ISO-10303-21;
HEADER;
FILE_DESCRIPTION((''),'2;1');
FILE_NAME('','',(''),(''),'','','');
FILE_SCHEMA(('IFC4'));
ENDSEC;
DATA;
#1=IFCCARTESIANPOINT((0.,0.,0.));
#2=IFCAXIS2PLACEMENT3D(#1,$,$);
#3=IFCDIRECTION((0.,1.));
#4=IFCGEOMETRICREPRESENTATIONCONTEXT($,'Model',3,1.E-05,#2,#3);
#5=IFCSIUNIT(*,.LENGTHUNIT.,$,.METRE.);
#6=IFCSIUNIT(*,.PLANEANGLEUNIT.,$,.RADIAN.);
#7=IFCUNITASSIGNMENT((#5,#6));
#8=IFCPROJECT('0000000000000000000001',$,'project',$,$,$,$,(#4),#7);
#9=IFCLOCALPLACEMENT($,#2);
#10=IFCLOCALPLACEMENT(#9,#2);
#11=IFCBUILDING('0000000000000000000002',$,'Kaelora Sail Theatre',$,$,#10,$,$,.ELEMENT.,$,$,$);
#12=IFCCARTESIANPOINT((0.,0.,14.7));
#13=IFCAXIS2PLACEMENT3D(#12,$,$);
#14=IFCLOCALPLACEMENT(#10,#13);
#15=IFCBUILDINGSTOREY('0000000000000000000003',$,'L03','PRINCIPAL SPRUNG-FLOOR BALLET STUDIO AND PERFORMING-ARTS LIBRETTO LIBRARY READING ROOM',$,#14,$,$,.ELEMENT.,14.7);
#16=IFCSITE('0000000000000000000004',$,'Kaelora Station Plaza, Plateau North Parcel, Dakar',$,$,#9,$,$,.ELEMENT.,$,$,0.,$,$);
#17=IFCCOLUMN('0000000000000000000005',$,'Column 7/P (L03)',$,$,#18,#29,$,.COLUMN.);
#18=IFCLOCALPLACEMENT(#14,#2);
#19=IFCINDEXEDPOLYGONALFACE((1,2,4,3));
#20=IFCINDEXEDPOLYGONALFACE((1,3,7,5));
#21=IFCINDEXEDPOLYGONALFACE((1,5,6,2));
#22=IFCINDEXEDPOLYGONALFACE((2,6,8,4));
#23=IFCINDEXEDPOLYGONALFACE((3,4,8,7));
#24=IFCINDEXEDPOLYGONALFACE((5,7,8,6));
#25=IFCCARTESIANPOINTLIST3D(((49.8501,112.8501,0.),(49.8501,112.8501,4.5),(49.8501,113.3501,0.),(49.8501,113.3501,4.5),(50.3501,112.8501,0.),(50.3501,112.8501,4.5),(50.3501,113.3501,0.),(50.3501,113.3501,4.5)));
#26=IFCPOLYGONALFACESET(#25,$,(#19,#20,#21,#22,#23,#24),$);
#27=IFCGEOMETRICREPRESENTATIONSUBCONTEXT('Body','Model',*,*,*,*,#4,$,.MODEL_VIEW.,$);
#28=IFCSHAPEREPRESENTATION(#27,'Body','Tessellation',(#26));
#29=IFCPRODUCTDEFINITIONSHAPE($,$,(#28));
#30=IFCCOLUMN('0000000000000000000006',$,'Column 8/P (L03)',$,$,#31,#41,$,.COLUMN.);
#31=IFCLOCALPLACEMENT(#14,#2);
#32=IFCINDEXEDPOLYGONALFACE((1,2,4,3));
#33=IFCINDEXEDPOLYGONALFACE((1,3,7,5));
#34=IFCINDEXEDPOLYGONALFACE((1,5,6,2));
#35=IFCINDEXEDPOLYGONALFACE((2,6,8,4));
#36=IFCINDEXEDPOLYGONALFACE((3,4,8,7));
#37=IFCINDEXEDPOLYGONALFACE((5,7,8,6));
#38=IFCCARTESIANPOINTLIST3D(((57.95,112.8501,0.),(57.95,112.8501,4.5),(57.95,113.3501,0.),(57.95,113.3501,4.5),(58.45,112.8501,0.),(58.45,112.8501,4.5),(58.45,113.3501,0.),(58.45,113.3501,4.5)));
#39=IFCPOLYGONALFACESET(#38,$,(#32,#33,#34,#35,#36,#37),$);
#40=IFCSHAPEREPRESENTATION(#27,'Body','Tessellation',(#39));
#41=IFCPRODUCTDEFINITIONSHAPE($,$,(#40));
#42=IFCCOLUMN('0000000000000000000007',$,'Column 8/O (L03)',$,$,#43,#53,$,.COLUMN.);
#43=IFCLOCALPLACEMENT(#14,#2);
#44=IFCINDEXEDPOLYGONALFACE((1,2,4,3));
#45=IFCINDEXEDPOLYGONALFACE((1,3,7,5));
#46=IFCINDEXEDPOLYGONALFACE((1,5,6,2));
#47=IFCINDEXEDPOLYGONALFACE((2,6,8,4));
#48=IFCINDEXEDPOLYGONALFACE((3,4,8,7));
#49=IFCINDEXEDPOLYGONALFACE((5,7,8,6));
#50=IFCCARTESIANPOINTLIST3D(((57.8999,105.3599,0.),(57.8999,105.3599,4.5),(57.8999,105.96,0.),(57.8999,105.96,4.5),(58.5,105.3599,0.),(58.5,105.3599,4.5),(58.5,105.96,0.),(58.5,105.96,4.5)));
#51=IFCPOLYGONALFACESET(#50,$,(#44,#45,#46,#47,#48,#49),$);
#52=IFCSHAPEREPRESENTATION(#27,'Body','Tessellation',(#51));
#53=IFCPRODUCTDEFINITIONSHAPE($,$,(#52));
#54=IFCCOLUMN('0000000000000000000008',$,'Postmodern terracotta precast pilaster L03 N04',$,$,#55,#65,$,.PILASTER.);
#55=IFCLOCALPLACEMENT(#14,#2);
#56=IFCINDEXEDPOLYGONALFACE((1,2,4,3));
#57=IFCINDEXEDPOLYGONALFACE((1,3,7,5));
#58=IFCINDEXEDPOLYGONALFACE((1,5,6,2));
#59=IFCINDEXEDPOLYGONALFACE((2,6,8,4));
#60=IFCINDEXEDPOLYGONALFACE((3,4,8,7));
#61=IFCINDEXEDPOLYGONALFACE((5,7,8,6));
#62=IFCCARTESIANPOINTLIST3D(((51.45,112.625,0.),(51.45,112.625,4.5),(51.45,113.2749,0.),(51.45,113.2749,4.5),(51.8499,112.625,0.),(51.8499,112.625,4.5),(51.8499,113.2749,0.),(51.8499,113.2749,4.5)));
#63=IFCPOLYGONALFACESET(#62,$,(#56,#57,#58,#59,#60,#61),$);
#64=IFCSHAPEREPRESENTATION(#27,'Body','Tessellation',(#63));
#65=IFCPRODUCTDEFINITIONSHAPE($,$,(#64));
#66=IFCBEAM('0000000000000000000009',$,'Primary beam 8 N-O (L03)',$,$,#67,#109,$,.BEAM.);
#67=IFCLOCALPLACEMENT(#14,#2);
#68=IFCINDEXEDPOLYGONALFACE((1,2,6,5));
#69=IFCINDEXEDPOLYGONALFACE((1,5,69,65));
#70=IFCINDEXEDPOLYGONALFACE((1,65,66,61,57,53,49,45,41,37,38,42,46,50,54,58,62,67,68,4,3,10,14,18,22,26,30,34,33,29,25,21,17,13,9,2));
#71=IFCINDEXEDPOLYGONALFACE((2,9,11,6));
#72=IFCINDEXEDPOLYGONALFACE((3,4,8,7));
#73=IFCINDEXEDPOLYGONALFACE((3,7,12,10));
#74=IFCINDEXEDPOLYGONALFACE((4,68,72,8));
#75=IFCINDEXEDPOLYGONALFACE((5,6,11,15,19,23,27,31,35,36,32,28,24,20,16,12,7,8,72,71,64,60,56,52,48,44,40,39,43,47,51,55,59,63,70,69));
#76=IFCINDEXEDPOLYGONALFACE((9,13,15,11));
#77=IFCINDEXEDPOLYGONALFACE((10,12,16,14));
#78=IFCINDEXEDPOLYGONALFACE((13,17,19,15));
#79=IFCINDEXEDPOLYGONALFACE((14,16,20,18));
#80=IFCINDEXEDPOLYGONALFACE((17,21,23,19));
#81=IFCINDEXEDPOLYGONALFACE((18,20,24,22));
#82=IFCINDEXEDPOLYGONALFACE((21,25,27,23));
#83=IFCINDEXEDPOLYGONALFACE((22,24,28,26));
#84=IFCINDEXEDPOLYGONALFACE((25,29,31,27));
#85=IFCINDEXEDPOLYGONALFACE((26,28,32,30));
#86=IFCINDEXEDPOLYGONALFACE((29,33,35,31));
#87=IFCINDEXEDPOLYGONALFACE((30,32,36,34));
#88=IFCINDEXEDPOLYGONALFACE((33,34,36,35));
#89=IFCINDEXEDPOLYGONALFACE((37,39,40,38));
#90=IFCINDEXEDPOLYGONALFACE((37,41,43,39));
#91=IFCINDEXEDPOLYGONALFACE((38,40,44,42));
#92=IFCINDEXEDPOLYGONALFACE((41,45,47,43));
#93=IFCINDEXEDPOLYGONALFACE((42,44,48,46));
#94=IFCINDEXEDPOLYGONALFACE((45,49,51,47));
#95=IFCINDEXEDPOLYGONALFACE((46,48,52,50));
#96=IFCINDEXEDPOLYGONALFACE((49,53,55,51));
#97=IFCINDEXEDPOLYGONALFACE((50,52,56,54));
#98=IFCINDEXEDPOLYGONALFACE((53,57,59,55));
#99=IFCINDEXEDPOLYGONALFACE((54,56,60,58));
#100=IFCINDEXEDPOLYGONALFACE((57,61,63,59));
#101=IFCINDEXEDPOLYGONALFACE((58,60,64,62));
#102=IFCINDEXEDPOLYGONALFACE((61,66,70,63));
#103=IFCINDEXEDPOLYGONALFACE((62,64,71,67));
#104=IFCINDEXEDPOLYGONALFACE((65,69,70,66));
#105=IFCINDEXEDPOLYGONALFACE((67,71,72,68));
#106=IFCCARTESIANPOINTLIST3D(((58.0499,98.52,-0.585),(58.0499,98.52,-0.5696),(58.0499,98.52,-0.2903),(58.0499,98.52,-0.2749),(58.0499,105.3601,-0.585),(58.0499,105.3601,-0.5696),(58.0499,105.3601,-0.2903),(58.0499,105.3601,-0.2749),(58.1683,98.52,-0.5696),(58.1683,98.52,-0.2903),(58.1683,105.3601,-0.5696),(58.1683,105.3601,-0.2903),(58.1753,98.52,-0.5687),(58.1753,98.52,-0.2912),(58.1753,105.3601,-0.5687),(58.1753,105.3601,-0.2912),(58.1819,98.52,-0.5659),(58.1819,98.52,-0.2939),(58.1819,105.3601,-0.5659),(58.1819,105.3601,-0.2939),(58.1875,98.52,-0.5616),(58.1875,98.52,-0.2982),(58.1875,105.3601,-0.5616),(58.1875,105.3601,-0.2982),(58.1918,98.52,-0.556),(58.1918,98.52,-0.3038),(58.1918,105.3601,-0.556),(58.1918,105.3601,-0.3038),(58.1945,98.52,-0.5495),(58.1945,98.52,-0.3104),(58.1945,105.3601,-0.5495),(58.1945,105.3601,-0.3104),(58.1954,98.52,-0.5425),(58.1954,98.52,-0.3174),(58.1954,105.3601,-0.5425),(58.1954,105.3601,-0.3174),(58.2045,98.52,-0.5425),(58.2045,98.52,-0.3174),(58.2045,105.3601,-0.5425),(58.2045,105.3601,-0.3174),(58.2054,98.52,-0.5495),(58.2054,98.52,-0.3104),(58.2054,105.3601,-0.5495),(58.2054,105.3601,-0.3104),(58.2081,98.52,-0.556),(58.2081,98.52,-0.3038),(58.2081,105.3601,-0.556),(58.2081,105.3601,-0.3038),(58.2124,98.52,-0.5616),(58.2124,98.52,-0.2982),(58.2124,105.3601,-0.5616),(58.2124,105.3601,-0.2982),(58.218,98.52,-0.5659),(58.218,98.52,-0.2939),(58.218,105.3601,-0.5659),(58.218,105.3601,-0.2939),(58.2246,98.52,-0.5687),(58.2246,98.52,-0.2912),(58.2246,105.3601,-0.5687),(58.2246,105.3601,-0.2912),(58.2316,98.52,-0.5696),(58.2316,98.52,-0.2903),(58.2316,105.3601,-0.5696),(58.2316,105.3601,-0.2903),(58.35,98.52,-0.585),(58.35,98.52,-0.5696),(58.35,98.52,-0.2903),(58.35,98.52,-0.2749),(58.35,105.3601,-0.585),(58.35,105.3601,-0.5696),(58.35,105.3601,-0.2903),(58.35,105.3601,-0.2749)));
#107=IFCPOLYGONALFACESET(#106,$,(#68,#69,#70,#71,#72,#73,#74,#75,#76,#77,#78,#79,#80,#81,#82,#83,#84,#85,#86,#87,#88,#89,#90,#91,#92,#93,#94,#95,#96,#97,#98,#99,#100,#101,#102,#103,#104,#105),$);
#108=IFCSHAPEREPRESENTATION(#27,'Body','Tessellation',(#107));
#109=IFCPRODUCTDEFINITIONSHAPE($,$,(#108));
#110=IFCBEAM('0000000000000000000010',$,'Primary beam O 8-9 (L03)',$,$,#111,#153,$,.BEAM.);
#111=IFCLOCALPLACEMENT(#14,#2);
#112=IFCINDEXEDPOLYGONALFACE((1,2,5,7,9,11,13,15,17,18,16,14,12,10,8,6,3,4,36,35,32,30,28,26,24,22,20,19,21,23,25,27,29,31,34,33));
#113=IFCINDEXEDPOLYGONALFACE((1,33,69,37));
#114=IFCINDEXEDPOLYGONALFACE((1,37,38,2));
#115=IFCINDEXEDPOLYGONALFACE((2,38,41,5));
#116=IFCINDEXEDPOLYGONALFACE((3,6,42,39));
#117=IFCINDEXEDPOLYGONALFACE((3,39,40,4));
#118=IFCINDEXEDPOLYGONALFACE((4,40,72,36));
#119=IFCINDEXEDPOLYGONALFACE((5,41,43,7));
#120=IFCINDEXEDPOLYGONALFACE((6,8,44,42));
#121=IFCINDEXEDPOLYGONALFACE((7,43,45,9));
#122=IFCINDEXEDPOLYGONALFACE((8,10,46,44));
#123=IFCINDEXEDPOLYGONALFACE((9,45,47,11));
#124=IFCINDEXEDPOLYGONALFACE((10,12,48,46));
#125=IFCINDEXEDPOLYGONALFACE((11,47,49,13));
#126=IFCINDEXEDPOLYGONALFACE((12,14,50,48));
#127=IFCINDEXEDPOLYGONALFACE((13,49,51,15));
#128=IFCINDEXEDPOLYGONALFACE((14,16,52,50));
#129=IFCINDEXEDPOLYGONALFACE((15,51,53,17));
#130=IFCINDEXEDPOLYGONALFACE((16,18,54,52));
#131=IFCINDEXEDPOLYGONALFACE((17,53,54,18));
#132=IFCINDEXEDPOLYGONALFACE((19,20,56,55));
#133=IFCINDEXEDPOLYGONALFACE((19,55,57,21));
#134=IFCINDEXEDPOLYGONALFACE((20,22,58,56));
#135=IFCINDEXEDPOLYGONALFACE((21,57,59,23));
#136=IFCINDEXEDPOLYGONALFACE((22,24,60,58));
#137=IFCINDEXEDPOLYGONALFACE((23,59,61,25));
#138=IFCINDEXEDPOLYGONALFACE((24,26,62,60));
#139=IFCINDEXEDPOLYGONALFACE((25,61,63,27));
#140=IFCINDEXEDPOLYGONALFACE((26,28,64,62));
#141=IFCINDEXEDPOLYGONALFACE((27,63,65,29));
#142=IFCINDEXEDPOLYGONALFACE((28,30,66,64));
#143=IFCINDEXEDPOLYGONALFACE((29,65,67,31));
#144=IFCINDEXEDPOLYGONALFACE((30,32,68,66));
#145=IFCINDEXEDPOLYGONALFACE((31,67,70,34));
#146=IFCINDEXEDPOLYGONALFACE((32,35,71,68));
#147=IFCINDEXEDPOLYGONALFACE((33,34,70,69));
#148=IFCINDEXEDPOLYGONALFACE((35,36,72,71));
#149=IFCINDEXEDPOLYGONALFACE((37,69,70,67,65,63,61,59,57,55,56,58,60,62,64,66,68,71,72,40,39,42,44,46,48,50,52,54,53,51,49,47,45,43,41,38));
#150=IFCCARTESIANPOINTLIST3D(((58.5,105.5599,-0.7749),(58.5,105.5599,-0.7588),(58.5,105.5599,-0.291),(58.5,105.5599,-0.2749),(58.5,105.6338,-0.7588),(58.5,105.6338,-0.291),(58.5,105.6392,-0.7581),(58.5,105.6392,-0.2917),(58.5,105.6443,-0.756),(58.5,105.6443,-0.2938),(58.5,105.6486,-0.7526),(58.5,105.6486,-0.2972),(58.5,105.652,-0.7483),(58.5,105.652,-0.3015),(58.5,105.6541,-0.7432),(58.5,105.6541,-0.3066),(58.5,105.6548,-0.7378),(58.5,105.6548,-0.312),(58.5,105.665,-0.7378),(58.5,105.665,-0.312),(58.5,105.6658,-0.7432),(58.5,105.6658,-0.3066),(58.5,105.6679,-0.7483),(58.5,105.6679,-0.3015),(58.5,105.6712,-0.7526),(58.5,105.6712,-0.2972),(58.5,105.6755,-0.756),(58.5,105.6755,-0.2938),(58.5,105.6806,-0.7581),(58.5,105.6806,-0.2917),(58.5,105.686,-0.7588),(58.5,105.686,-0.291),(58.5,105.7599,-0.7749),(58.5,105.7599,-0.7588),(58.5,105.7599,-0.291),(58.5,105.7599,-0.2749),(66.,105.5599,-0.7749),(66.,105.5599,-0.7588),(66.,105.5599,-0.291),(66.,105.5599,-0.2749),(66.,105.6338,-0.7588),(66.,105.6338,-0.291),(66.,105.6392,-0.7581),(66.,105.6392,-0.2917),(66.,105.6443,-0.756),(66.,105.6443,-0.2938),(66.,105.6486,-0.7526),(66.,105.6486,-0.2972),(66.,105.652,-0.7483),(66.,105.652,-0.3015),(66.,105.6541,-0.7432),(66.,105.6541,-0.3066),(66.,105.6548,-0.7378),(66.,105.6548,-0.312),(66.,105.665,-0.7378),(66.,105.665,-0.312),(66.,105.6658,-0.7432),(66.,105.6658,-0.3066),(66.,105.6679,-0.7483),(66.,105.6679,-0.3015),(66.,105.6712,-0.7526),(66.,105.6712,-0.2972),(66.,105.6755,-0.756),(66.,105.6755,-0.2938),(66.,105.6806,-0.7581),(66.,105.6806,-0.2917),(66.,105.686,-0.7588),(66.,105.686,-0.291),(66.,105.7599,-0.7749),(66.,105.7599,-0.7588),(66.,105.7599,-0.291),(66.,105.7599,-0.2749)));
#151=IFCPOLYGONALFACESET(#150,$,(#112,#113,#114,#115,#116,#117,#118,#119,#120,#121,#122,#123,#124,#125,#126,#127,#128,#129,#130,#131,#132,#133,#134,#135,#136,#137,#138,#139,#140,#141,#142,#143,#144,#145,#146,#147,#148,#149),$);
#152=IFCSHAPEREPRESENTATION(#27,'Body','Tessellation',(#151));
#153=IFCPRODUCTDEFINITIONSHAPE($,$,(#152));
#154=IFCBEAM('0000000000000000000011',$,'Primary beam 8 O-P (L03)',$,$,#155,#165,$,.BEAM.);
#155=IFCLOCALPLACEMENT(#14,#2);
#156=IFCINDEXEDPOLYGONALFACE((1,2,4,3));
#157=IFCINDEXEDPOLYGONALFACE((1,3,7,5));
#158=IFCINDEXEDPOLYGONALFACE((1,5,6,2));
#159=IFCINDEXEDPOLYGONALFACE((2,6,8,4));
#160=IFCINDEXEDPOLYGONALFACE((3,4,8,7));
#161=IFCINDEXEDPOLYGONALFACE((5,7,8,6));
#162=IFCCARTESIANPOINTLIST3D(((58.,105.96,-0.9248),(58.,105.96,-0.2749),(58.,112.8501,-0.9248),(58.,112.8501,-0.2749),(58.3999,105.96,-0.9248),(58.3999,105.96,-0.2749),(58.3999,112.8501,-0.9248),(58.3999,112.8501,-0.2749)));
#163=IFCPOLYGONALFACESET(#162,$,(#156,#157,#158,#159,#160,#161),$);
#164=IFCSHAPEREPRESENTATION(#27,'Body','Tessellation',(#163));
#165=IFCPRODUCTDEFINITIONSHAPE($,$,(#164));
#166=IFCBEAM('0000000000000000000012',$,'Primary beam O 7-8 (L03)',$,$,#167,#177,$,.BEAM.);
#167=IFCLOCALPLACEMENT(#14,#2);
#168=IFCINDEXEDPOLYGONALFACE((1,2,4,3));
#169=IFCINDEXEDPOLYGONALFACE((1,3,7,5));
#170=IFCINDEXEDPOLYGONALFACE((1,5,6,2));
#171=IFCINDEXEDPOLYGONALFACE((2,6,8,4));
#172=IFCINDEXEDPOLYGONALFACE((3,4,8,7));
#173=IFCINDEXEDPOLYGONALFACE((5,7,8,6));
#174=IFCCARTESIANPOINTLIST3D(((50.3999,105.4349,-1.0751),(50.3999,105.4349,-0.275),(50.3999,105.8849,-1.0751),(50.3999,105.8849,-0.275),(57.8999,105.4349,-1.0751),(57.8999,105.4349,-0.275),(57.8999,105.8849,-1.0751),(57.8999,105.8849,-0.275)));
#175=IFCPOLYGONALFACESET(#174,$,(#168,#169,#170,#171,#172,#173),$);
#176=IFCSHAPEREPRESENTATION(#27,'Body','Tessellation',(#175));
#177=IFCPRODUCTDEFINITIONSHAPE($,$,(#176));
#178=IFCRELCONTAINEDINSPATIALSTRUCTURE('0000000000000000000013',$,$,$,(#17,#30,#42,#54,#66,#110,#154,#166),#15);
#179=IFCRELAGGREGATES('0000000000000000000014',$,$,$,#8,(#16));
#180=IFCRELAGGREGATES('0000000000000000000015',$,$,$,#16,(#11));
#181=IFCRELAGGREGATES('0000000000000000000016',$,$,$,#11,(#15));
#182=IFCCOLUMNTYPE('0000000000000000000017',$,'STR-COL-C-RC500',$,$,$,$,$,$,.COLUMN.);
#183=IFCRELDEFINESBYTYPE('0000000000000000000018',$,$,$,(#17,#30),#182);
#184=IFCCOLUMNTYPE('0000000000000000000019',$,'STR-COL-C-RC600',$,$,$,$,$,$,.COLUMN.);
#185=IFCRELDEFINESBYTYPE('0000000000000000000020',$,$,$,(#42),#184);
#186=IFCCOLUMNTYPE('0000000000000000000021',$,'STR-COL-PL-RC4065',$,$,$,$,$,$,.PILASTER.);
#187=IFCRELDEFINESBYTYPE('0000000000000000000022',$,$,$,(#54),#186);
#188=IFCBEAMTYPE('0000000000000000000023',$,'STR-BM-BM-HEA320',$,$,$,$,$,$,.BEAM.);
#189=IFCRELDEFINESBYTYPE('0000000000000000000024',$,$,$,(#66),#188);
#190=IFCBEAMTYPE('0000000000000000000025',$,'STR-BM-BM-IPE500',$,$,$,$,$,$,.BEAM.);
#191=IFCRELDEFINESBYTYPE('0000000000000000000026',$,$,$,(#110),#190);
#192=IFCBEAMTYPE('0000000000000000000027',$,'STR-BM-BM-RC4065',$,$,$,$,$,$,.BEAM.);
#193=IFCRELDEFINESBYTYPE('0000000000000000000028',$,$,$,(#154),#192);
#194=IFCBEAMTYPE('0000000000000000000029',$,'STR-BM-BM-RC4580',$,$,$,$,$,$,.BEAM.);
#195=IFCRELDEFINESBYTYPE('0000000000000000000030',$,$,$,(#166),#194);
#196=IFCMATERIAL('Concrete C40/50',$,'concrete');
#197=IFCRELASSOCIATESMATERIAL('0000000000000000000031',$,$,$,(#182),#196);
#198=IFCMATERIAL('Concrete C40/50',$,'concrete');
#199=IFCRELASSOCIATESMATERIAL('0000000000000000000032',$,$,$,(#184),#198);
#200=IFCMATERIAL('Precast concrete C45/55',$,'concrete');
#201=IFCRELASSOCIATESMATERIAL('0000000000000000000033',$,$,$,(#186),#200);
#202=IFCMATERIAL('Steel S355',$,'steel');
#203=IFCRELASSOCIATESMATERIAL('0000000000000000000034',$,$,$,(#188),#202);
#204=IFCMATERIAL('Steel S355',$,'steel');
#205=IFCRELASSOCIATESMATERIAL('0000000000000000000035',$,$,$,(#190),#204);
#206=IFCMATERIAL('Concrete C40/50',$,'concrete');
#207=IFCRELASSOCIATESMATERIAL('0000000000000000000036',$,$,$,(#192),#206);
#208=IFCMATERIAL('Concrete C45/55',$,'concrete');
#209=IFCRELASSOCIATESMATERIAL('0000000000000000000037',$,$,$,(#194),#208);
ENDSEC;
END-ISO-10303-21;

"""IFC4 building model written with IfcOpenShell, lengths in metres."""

from ifc_helpers import new_model, si_unit, direction, frame, origin, origin_2d, place, context, subcontext, project, spatial, rectangle, i_section, extrude, material, material_profile, profile_set, type_object, element, save


model = new_model("IFC4")

# Units and contexts
model_context = context("Model", 3, precision=1e-05, world=origin(), true_north=direction((0.0, 1.0)))
body_context = subcontext(model_context, "Body", "Model", "MODEL_VIEW")
ifc_project = project(units=[si_unit("LENGTHUNIT", "METRE"), si_unit("PLANEANGLEUNIT", "RADIAN")], contexts=[model_context])

# Site, building, storey
site_placement = place(None, origin())
site = spatial("IfcSite", under=ifc_project, at=site_placement, Name="Kaelora Station Plaza, Plateau North Parcel, Dakar", CompositionType="ELEMENT", RefElevation=0.0)
building_placement = place(site_placement, origin())
building = spatial("IfcBuilding", under=site, at=building_placement, Name="Kaelora Sail Theatre", CompositionType="ELEMENT")
storey_placement = place(building_placement, frame((0.0, 0.0, 14.7)))
storey = spatial("IfcBuildingStorey", under=building, at=storey_placement, Name="L03", Description="PRINCIPAL SPRUNG-FLOOR BALLET STUDIO AND PERFORMING-ARTS LIBRETTO LIBRARY READING ROOM", CompositionType="ELEMENT", Elevation=14.7)

# Columns
ifc_material_1 = material(Name="Concrete C40/50", Category="concrete")
ifc_material_profile_1 = material_profile(ifc_material_1, rectangle(XDim=0.5, YDim=0.5, at=origin_2d()), Name="RC-COL 500x500")
ifc_profile_set_1 = profile_set([ifc_material_profile_1], Name="Concrete C40/50")
column_type_1 = type_object("IfcColumnType", Name="STR-COL-C-RC500", PredefinedType="COLUMN", material=ifc_profile_set_1)
for number, where, z_axis, x_axis, name in (
    (1, (50.1001, 113.1001, 0.0), (0.0, 0.0, 1.0), (1.0, 0.0, 0.0), "Column 7/P (L03)"),
    (2, (58.2, 113.1001, 0.0), (0.0, 0.0, 1.0), (1.0, 0.0, 0.0), "Column 8/P (L03)"),
):
    element("IfcColumn", number, at=place(storey_placement, frame(where, z_axis=z_axis, x_axis=x_axis)), inside=storey, type_object=column_type_1, Name=name, PredefinedType="COLUMN", context=body_context, shape_type="SweptSolid", body=[
        extrude(rectangle(XDim=0.5, YDim=0.5, at=origin_2d()), origin(), (0.0, 0.0, 1.0), 4.5),
    ])
ifc_material_2 = material(Name="Concrete C40/50", Category="concrete")
ifc_material_profile_2 = material_profile(ifc_material_2, rectangle(XDim=0.6001, YDim=0.6001, at=origin_2d()), Name="RC-COL 600x600")
ifc_profile_set_2 = profile_set([ifc_material_profile_2], Name="Concrete C40/50")
column_type_2 = type_object("IfcColumnType", Name="STR-COL-C-RC600", PredefinedType="COLUMN", material=ifc_profile_set_2)
column_1_placement = place(storey_placement, frame((58.2, 105.6599, 0.0), z_axis=(0.0, 0.0, 1.0), x_axis=(1.0, 0.0, 0.0)))
element("IfcColumn", 3, at=column_1_placement, inside=storey, type_object=column_type_2, Name="Column 8/O (L03)", PredefinedType="COLUMN", context=body_context, shape_type="SweptSolid", body=[
    extrude(rectangle(XDim=0.6001, YDim=0.6001, at=origin_2d()), origin(), (0.0, 0.0, 1.0), 4.5),
])
ifc_material_3 = material(Name="Precast concrete C45/55", Category="concrete")
ifc_material_profile_3 = material_profile(ifc_material_3, rectangle(XDim=0.3999, YDim=0.6499, at=origin_2d()), Name="RC-PIL 400x650")
ifc_profile_set_3 = profile_set([ifc_material_profile_3], Name="Precast concrete C45/55")
column_type_3 = type_object("IfcColumnType", Name="STR-COL-PL-RC4065", PredefinedType="PILASTER", material=ifc_profile_set_3)
column_2_placement = place(storey_placement, frame((51.6499, 112.95, 0.0), z_axis=(0.0, 0.0, 1.0), x_axis=(1.0, 0.0, 0.0)))
element("IfcColumn", 4, at=column_2_placement, inside=storey, type_object=column_type_3, Name="Postmodern terracotta precast pilaster L03 N04", PredefinedType="PILASTER", context=body_context, shape_type="SweptSolid", body=[
    extrude(rectangle(XDim=0.3999, YDim=0.6499, at=origin_2d()), origin(), (0.0, 0.0, 1.0), 4.5),
])

# Beams
ifc_material_4 = material(Name="Steel S355", Category="steel")
ifc_material_profile_4 = material_profile(ifc_material_4, i_section(OverallWidth=0.3, OverallDepth=0.3101, WebThickness=0.009, FlangeThickness=0.0154, FilletRadius=0.0271, at=origin_2d()), Name="HEA 320")
ifc_profile_set_4 = profile_set([ifc_material_profile_4], Name="Steel S355")
beam_type_1 = type_object("IfcBeamType", Name="STR-BM-BM-HEA320", PredefinedType="BEAM", material=ifc_profile_set_4)
beam_1_placement = place(storey_placement, frame((58.2, 98.52, -0.4299), z_axis=(0.0, 1.0, 0.0), x_axis=(-1.0, 0.0, 0.0)))
element("IfcBeam", 5, at=beam_1_placement, inside=storey, type_object=beam_type_1, Name="Primary beam 8 N-O (L03)", PredefinedType="BEAM", context=body_context, shape_type="SweptSolid", body=[
    extrude(i_section(OverallWidth=0.3, OverallDepth=0.3101, WebThickness=0.009, FlangeThickness=0.0154, FilletRadius=0.0271, at=origin_2d()), origin(), (0.0, 0.0, 1.0), 6.8401),
])
ifc_material_5 = material(Name="Steel S355", Category="steel")
ifc_material_profile_5 = material_profile(ifc_material_5, i_section(OverallWidth=0.2, OverallDepth=0.5, WebThickness=0.0103, FlangeThickness=0.0161, FilletRadius=0.021, at=origin_2d()), Name="IPE 500")
ifc_profile_set_5 = profile_set([ifc_material_profile_5], Name="Steel S355")
beam_type_2 = type_object("IfcBeamType", Name="STR-BM-BM-IPE500", PredefinedType="BEAM", material=ifc_profile_set_5)
beam_2_placement = place(storey_placement, frame((58.5, 105.6599, -0.5249), z_axis=(1.0, 0.0, 0.0), x_axis=(0.0, 1.0, 0.0)))
element("IfcBeam", 6, at=beam_2_placement, inside=storey, type_object=beam_type_2, Name="Primary beam O 8-9 (L03)", PredefinedType="BEAM", context=body_context, shape_type="SweptSolid", body=[
    extrude(i_section(OverallWidth=0.2, OverallDepth=0.5, WebThickness=0.0103, FlangeThickness=0.0161, FilletRadius=0.021, at=origin_2d()), origin(), (0.0, 0.0, 1.0), 7.5),
])
ifc_material_6 = material(Name="Concrete C40/50", Category="concrete")
ifc_material_profile_6 = material_profile(ifc_material_6, rectangle(XDim=0.3999, YDim=0.6499, at=origin_2d()), Name="RC-BM 400x650")
ifc_profile_set_6 = profile_set([ifc_material_profile_6], Name="Concrete C40/50")
beam_type_3 = type_object("IfcBeamType", Name="STR-BM-BM-RC4065", PredefinedType="BEAM", material=ifc_profile_set_6)
beam_3_placement = place(storey_placement, frame((58.2, 105.96, -0.5999), z_axis=(0.0, 1.0, 0.0), x_axis=(-1.0, 0.0, 0.0)))
element("IfcBeam", 7, at=beam_3_placement, inside=storey, type_object=beam_type_3, Name="Primary beam 8 O-P (L03)", PredefinedType="BEAM", context=body_context, shape_type="SweptSolid", body=[
    extrude(rectangle(XDim=0.3999, YDim=0.6499, at=origin_2d()), origin(), (0.0, 0.0, 1.0), 6.8901),
])
ifc_material_7 = material(Name="Concrete C45/55", Category="concrete")
ifc_material_profile_7 = material_profile(ifc_material_7, rectangle(XDim=0.45, YDim=0.8, at=origin_2d()), Name="RC-BM 450x800")
ifc_profile_set_7 = profile_set([ifc_material_profile_7], Name="Concrete C45/55")
beam_type_4 = type_object("IfcBeamType", Name="STR-BM-BM-RC4580", PredefinedType="BEAM", material=ifc_profile_set_7)
beam_4_placement = place(storey_placement, frame((50.3999, 105.6599, -0.675), z_axis=(1.0, 0.0, 0.0), x_axis=(0.0, 1.0, 0.0)))
element("IfcBeam", 8, at=beam_4_placement, inside=storey, type_object=beam_type_4, Name="Primary beam O 7-8 (L03)", PredefinedType="BEAM", context=body_context, shape_type="SweptSolid", body=[
    extrude(rectangle(XDim=0.45, YDim=0.8, at=origin_2d()), origin(), (0.0, 0.0, 1.0), 7.5),
])

save(model, "model.ifc")
